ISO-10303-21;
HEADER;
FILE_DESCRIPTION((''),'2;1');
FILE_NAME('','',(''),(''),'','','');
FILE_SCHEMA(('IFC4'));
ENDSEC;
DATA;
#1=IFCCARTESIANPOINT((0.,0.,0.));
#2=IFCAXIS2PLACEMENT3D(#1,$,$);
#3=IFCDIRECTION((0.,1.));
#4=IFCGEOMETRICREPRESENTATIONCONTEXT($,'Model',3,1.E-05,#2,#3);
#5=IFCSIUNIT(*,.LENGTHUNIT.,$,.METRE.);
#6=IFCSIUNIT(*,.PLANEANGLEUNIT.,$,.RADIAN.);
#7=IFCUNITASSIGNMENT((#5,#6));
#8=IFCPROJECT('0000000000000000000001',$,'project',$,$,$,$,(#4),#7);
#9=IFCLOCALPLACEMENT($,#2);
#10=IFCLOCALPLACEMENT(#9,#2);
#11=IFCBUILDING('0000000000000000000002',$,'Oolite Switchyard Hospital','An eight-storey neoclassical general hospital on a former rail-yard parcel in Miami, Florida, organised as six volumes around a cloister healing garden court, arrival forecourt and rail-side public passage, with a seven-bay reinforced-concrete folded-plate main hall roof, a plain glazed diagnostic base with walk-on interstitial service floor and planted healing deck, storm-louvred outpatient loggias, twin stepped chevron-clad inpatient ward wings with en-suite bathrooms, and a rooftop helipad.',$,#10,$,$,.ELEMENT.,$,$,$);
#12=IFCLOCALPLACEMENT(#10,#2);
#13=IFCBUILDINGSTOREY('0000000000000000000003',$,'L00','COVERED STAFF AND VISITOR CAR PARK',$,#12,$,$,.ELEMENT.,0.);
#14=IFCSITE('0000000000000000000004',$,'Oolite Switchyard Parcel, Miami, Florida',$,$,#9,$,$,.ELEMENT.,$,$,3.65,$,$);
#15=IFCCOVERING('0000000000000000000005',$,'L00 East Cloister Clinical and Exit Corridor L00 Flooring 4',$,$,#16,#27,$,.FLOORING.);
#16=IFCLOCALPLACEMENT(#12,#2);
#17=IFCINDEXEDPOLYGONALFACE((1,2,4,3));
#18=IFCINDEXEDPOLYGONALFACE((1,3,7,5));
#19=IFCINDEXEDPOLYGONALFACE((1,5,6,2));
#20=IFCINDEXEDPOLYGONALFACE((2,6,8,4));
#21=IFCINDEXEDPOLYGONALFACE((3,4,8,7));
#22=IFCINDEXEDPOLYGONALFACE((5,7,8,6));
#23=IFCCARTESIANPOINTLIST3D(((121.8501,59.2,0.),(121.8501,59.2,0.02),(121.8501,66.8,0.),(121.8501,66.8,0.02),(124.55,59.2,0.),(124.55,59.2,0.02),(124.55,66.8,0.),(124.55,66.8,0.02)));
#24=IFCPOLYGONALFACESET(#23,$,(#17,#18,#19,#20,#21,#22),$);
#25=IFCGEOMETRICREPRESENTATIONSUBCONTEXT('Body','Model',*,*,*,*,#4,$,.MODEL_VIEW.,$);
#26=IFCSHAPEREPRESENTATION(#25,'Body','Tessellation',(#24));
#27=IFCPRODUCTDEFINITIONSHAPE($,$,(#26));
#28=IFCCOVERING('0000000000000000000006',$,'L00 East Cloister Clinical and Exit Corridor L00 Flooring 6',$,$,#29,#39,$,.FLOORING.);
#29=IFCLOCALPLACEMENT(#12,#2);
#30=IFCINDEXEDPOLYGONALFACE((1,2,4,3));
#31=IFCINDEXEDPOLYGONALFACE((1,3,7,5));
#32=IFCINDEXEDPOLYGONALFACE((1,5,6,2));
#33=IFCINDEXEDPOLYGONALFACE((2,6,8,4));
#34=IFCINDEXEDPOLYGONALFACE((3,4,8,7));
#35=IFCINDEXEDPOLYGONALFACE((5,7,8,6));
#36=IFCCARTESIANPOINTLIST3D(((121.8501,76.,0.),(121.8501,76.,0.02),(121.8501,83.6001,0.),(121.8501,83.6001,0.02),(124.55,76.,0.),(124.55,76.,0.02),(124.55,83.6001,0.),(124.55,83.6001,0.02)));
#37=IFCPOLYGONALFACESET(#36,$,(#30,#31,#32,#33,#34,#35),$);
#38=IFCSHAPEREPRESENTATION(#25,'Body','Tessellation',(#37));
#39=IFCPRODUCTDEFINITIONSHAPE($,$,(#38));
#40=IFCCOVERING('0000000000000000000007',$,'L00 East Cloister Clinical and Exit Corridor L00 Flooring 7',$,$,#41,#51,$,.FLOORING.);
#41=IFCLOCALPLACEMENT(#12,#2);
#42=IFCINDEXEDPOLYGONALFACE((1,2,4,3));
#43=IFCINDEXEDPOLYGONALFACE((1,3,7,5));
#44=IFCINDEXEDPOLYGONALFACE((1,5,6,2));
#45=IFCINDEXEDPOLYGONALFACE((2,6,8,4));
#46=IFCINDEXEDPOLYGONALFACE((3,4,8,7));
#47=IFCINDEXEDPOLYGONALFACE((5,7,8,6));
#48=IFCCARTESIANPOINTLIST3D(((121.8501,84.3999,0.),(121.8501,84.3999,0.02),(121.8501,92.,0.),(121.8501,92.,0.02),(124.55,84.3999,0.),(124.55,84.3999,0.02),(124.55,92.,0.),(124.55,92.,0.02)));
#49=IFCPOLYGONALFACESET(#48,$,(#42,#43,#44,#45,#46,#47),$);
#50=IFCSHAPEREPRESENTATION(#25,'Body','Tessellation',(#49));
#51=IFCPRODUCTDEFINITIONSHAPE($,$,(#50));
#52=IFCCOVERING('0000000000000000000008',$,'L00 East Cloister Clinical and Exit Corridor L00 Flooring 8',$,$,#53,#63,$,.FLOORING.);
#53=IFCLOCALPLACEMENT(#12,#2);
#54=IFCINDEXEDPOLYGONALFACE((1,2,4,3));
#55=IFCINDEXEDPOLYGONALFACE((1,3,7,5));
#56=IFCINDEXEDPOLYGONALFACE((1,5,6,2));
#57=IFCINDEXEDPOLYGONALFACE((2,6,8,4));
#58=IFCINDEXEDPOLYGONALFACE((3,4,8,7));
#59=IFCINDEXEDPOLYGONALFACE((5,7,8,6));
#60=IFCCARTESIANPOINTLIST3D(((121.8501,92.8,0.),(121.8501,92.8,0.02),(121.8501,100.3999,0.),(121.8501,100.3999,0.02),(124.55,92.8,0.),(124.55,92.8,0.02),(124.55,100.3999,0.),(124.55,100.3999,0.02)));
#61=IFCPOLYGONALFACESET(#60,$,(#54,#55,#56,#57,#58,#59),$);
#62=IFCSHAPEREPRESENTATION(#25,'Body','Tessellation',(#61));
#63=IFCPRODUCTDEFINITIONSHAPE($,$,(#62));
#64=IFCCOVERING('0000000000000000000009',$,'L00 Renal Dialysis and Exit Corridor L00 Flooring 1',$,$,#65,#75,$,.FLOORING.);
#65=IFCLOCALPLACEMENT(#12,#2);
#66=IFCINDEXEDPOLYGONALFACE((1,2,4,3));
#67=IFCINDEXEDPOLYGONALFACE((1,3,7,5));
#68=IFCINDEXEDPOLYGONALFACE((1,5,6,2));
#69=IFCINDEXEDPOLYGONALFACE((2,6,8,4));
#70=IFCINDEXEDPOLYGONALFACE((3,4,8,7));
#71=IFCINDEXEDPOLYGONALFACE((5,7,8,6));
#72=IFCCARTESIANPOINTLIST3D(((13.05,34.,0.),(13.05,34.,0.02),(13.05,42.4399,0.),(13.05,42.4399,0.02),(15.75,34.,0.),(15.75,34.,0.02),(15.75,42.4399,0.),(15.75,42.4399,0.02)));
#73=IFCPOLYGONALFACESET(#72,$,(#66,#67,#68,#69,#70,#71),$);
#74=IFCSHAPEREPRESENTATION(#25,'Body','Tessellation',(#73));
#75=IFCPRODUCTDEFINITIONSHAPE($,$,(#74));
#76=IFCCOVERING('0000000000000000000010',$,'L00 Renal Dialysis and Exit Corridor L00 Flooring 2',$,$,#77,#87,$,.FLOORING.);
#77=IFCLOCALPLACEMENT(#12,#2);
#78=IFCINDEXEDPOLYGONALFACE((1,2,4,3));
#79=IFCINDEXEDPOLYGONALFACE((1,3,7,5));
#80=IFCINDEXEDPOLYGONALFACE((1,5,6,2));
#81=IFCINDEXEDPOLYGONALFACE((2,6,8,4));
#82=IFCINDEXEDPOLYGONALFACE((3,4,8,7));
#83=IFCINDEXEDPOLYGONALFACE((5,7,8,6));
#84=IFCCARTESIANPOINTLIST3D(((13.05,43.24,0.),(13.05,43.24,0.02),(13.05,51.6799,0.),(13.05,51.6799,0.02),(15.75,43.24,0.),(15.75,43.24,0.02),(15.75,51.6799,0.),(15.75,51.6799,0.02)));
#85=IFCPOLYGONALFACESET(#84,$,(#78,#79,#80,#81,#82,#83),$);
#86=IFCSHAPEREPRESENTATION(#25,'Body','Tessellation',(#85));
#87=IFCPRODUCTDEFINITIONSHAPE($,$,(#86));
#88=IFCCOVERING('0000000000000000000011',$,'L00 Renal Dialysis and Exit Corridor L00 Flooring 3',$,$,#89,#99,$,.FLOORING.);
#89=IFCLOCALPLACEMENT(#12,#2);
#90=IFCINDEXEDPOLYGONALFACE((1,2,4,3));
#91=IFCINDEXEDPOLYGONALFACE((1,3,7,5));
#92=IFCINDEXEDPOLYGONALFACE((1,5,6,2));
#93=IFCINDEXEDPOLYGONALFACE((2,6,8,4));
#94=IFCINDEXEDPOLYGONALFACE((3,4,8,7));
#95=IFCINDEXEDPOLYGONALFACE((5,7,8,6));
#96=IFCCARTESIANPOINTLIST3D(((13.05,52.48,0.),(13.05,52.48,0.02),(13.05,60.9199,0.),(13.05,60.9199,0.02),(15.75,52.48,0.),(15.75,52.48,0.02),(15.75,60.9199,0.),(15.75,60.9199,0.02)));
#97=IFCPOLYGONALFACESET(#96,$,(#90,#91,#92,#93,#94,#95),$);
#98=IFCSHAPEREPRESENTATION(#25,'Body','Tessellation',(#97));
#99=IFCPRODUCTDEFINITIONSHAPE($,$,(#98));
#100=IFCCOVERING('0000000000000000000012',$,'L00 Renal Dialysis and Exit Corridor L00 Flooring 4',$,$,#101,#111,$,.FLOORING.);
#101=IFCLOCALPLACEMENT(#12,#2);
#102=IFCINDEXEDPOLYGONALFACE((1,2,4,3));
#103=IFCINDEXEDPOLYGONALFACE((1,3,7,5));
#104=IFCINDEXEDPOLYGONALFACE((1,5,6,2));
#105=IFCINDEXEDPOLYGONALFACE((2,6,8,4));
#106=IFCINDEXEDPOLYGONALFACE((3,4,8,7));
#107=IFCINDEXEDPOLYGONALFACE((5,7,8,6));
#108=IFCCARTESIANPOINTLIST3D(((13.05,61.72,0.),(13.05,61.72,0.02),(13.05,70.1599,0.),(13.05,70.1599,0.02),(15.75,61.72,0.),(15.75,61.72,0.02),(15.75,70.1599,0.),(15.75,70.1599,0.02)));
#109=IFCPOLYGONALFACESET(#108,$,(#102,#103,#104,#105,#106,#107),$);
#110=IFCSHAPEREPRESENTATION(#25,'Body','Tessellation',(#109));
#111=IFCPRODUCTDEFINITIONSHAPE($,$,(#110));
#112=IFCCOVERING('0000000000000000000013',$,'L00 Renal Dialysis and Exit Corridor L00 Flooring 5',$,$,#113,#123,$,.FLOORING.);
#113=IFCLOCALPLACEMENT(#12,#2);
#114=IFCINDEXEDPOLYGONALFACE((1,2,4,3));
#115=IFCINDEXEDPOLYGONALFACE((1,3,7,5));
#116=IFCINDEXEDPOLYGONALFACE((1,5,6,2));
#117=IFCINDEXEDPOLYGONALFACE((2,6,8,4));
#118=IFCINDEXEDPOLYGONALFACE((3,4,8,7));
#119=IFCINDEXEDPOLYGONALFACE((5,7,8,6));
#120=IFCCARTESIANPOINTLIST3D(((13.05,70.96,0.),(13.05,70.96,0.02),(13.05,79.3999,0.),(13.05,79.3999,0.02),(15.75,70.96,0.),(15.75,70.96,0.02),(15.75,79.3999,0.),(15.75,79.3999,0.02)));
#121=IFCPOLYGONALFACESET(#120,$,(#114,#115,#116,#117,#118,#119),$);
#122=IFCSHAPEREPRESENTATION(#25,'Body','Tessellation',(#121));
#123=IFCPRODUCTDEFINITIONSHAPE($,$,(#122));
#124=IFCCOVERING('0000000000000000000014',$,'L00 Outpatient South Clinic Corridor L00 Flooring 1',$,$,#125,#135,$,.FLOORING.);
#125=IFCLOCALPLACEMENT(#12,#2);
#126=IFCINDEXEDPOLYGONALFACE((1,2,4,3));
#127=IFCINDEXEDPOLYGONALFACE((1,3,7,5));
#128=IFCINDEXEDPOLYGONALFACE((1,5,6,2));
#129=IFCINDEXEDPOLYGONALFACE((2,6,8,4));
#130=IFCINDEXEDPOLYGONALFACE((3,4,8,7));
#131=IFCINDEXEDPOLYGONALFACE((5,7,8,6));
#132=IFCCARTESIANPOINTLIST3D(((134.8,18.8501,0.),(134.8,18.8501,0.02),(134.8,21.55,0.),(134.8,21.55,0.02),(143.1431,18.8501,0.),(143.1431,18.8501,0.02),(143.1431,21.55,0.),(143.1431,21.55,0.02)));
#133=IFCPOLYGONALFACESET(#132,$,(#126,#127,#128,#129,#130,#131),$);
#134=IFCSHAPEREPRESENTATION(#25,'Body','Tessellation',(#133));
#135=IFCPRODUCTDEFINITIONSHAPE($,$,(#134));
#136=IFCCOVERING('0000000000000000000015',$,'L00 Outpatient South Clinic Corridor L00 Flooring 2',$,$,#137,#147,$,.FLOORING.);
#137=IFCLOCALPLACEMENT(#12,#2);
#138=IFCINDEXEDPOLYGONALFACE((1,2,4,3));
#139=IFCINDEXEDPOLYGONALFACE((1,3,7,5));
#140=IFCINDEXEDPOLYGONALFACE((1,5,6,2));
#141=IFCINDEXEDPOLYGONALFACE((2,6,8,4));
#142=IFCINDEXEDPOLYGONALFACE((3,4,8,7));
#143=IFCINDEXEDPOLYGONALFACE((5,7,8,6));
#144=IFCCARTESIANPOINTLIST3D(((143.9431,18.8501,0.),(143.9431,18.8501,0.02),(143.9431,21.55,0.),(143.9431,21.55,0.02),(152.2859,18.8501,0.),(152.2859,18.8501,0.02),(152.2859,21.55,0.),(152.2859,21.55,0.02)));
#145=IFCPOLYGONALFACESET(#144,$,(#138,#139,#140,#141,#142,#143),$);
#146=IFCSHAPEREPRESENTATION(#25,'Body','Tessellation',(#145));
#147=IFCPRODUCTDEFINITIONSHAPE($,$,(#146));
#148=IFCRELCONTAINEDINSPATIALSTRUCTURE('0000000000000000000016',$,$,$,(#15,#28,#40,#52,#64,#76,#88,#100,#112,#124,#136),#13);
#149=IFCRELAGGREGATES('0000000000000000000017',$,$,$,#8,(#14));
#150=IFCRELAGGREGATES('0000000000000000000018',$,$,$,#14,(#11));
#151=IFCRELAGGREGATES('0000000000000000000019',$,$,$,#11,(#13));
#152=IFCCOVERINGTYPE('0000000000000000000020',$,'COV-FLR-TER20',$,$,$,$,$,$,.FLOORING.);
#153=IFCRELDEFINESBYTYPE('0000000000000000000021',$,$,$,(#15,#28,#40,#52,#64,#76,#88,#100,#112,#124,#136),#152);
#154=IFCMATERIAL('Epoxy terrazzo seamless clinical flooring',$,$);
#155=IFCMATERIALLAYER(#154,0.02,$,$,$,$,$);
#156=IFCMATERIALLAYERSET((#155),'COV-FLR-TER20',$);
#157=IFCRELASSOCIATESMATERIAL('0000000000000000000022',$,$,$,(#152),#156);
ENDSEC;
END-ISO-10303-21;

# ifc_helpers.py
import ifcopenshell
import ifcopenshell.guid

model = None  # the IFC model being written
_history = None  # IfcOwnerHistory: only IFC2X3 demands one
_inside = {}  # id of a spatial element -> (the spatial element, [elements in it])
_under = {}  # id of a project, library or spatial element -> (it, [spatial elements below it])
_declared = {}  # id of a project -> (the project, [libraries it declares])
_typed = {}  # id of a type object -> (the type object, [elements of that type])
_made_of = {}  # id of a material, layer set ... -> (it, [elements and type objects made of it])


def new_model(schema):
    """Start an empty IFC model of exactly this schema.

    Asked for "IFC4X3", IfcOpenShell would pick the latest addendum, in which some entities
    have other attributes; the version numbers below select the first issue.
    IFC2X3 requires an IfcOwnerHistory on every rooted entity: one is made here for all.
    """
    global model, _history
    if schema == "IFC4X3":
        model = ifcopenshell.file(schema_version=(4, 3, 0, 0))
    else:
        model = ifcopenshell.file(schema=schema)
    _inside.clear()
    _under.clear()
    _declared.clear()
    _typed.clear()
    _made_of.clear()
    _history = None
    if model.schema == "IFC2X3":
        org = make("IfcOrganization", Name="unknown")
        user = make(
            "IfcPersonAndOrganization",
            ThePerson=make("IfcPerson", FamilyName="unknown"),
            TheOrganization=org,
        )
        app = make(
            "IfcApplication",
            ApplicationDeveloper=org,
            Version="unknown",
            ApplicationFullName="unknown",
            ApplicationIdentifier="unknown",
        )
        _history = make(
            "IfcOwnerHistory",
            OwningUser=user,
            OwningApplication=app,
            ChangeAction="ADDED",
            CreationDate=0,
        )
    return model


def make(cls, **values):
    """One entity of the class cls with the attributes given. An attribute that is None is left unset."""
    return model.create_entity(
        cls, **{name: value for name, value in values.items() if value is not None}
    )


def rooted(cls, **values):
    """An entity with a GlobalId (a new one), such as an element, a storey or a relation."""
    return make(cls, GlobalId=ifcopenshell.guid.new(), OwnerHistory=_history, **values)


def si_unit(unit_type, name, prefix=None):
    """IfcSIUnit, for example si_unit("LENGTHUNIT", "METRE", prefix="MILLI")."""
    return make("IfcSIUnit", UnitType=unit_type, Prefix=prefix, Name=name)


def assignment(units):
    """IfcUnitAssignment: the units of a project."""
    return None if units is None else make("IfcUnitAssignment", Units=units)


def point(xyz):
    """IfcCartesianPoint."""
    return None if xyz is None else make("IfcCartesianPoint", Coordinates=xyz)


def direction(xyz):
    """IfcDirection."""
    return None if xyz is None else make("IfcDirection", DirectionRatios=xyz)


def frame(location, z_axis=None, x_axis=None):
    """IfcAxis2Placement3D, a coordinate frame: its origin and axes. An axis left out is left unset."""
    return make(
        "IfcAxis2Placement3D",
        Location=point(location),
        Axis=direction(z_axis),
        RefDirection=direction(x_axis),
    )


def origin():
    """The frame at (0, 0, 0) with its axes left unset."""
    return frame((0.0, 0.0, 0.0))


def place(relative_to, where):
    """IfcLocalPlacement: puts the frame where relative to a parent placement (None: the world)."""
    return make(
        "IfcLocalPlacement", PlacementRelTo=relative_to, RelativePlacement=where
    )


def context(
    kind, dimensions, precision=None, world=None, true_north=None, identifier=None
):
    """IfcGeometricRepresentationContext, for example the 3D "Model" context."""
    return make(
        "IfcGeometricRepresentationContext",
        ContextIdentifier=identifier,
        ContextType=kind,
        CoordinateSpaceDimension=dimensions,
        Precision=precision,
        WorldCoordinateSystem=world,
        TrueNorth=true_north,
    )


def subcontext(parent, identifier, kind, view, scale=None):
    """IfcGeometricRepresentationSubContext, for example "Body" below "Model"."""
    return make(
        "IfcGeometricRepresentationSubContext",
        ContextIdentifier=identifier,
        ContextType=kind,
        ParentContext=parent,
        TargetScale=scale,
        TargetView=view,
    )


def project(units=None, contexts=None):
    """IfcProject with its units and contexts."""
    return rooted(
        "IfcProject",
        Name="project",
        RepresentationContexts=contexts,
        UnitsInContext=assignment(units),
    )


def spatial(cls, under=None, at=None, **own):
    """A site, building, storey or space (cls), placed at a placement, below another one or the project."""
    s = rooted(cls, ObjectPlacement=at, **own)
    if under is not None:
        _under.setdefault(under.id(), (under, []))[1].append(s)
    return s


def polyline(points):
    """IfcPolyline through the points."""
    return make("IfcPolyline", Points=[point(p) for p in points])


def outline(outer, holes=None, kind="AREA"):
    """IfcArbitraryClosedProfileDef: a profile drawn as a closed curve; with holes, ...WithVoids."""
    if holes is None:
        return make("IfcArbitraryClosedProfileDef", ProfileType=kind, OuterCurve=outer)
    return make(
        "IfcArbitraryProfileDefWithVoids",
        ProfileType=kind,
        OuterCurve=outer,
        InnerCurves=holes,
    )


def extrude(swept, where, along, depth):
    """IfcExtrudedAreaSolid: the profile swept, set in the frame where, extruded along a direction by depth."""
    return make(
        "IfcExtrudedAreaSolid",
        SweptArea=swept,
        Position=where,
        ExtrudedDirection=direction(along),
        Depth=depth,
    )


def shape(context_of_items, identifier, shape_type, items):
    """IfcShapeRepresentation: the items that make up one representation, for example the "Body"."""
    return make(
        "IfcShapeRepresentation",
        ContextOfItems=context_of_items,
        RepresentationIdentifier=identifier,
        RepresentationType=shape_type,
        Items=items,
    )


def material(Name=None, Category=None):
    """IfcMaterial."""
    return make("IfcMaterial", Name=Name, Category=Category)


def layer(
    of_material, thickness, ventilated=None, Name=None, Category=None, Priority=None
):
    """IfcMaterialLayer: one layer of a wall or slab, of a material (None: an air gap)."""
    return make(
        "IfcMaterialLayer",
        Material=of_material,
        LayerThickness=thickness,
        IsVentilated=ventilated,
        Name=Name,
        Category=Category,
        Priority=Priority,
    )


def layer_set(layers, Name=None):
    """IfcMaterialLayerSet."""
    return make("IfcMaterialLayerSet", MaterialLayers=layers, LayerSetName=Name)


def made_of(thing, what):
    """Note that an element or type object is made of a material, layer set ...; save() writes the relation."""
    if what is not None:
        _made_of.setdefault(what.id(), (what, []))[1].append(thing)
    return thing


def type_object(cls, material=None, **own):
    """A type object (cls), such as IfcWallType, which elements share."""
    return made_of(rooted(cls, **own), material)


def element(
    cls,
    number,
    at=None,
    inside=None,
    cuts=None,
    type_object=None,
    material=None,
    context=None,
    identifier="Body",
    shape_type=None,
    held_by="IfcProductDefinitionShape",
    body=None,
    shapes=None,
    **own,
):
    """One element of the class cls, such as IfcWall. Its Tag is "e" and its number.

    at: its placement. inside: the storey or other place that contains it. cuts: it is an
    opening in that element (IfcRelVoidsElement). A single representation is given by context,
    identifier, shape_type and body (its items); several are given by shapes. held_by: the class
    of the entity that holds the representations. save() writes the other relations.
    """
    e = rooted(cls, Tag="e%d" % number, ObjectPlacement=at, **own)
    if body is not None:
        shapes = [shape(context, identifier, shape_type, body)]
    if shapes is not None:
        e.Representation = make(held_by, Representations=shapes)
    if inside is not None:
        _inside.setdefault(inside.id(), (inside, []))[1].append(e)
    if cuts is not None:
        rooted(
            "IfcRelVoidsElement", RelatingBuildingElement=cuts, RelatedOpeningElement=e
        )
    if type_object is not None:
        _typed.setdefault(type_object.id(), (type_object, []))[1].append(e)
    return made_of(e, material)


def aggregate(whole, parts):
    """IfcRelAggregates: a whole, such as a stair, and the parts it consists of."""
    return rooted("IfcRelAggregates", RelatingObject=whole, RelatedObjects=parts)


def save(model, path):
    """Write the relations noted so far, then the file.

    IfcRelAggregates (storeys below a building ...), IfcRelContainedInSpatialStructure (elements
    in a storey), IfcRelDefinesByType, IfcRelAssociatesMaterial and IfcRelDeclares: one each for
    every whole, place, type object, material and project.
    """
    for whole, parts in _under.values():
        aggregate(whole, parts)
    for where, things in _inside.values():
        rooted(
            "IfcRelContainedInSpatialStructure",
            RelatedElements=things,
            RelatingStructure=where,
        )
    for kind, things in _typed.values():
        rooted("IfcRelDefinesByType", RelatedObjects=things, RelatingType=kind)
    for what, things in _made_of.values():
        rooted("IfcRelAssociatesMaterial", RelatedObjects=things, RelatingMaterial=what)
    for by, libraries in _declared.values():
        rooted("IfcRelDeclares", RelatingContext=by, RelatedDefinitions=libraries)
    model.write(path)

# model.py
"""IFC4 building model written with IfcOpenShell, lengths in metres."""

from ifc_helpers import new_model, si_unit, direction, origin, place, context, subcontext, project, spatial, polyline, outline, extrude, material, layer, layer_set, type_object, element, save


model = new_model("IFC4")

# Units and contexts
model_context = context("Model", 3, precision=1e-05, world=origin(), true_north=direction((0.0, 1.0)))
body_context = subcontext(model_context, "Body", "Model", "MODEL_VIEW")
ifc_project = project(units=[si_unit("LENGTHUNIT", "METRE"), si_unit("PLANEANGLEUNIT", "RADIAN")], contexts=[model_context])

# Site, building, storey
site_placement = place(None, origin())
site = spatial("IfcSite", under=ifc_project, at=site_placement, Name="Oolite Switchyard Parcel, Miami, Florida", CompositionType="ELEMENT", RefElevation=3.65)
building_placement = place(site_placement, origin())
building = spatial("IfcBuilding", under=site, at=building_placement, Name="Oolite Switchyard Hospital", Description="An eight-storey neoclassical general hospital on a former rail-yard parcel in Miami, Florida, organised as six volumes around a cloister healing garden court, arrival forecourt and rail-side public passage, with a seven-bay reinforced-concrete folded-plate main hall roof, a plain glazed diagnostic base with walk-on interstitial service floor and planted healing deck, storm-louvred outpatient loggias, twin stepped chevron-clad inpatient ward wings with en-suite bathrooms, and a rooftop helipad.", CompositionType="ELEMENT")
storey_placement = place(building_placement, origin())
storey = spatial("IfcBuildingStorey", under=building, at=storey_placement, Name="L00", Description="COVERED STAFF AND VISITOR CAR PARK", CompositionType="ELEMENT", Elevation=0.0)

# Coverings
ifc_material = material(Name="Epoxy terrazzo seamless clinical flooring")
ifc_layer = layer(ifc_material, 0.02)
ifc_layer_set = layer_set([ifc_layer], Name="COV-FLR-TER20")
covering_type = type_object("IfcCoveringType", Name="COV-FLR-TER20", PredefinedType="FLOORING", material=ifc_layer_set)
covering_1_placement = place(storey_placement, origin())
element("IfcCovering", 1, at=covering_1_placement, inside=storey, type_object=covering_type, Name="L00 East Cloister Clinical and Exit Corridor L00 Flooring 4", PredefinedType="FLOORING", context=body_context, shape_type="SweptSolid", body=[
    extrude(outline(polyline([(121.8501, 59.2), (124.55, 59.2), (124.55, 66.8), (121.8501, 66.8), (121.8501, 59.2)])), origin(), (0.0, 0.0, 1.0), 0.02),
])
covering_2_placement = place(storey_placement, origin())
element("IfcCovering", 2, at=covering_2_placement, inside=storey, type_object=covering_type, Name="L00 East Cloister Clinical and Exit Corridor L00 Flooring 6", PredefinedType="FLOORING", context=body_context, shape_type="SweptSolid", body=[
    extrude(outline(polyline([(121.8501, 76.0), (124.55, 76.0), (124.55, 83.6001), (121.8501, 83.6001), (121.8501, 76.0)])), origin(), (0.0, 0.0, 1.0), 0.02),
])
covering_3_placement = place(storey_placement, origin())
element("IfcCovering", 3, at=covering_3_placement, inside=storey, type_object=covering_type, Name="L00 East Cloister Clinical and Exit Corridor L00 Flooring 7", PredefinedType="FLOORING", context=body_context, shape_type="SweptSolid", body=[
    extrude(outline(polyline([(121.8501, 84.3999), (124.55, 84.3999), (124.55, 92.0), (121.8501, 92.0), (121.8501, 84.3999)])), origin(), (0.0, 0.0, 1.0), 0.02),
])
covering_4_placement = place(storey_placement, origin())
element("IfcCovering", 4, at=covering_4_placement, inside=storey, type_object=covering_type, Name="L00 East Cloister Clinical and Exit Corridor L00 Flooring 8", PredefinedType="FLOORING", context=body_context, shape_type="SweptSolid", body=[
    extrude(outline(polyline([(121.8501, 92.8), (124.55, 92.8), (124.55, 100.3999), (121.8501, 100.3999), (121.8501, 92.8)])), origin(), (0.0, 0.0, 1.0), 0.02),
])
covering_5_placement = place(storey_placement, origin())
element("IfcCovering", 5, at=covering_5_placement, inside=storey, type_object=covering_type, Name="L00 Renal Dialysis and Exit Corridor L00 Flooring 1", PredefinedType="FLOORING", context=body_context, shape_type="SweptSolid", body=[
    extrude(outline(polyline([(13.05, 34.0), (15.75, 34.0), (15.75, 42.4399), (13.05, 42.4399), (13.05, 34.0)])), origin(), (0.0, 0.0, 1.0), 0.02),
])
covering_6_placement = place(storey_placement, origin())
element("IfcCovering", 6, at=covering_6_placement, inside=storey, type_object=covering_type, Name="L00 Renal Dialysis and Exit Corridor L00 Flooring 2", PredefinedType="FLOORING", context=body_context, shape_type="SweptSolid", body=[
    extrude(outline(polyline([(13.05, 43.24), (15.75, 43.24), (15.75, 51.6799), (13.05, 51.6799), (13.05, 43.24)])), origin(), (0.0, 0.0, 1.0), 0.02),
])
covering_7_placement = place(storey_placement, origin())
element("IfcCovering", 7, at=covering_7_placement, inside=storey, type_object=covering_type, Name="L00 Renal Dialysis and Exit Corridor L00 Flooring 3", PredefinedType="FLOORING", context=body_context, shape_type="SweptSolid", body=[
    extrude(outline(polyline([(13.05, 52.48), (15.75, 52.48), (15.75, 60.9199), (13.05, 60.9199), (13.05, 52.48)])), origin(), (0.0, 0.0, 1.0), 0.02),
])
covering_8_placement = place(storey_placement, origin())
element("IfcCovering", 8, at=covering_8_placement, inside=storey, type_object=covering_type, Name="L00 Renal Dialysis and Exit Corridor L00 Flooring 4", PredefinedType="FLOORING", context=body_context, shape_type="SweptSolid", body=[
    extrude(outline(polyline([(13.05, 61.72), (15.75, 61.72), (15.75, 70.1599), (13.05, 70.1599), (13.05, 61.72)])), origin(), (0.0, 0.0, 1.0), 0.02),
])
covering_9_placement = place(storey_placement, origin())
element("IfcCovering", 9, at=covering_9_placement, inside=storey, type_object=covering_type, Name="L00 Renal Dialysis and Exit Corridor L00 Flooring 5", PredefinedType="FLOORING", context=body_context, shape_type="SweptSolid", body=[
    extrude(outline(polyline([(13.05, 70.96), (15.75, 70.96), (15.75, 79.3999), (13.05, 79.3999), (13.05, 70.96)])), origin(), (0.0, 0.0, 1.0), 0.02),
])
covering_10_placement = place(storey_placement, origin())
element("IfcCovering", 10, at=covering_10_placement, inside=storey, type_object=covering_type, Name="L00 Outpatient South Clinic Corridor L00 Flooring 1", PredefinedType="FLOORING", context=body_context, shape_type="SweptSolid", body=[
    extrude(outline(polyline([(134.8, 18.8501), (143.1431, 18.8501), (143.1431, 21.55), (134.8, 21.55), (134.8, 18.8501)])), origin(), (0.0, 0.0, 1.0), 0.02),
])
covering_11_placement = place(storey_placement, origin())
element("IfcCovering", 11, at=covering_11_placement, inside=storey, type_object=covering_type, Name="L00 Outpatient South Clinic Corridor L00 Flooring 2", PredefinedType="FLOORING", context=body_context, shape_type="SweptSolid", body=[
    extrude(outline(polyline([(143.9431, 18.8501), (152.2859, 18.8501), (152.2859, 21.55), (143.9431, 21.55), (143.9431, 18.8501)])), origin(), (0.0, 0.0, 1.0), 0.02),
])

save(model, "model.ifc")
